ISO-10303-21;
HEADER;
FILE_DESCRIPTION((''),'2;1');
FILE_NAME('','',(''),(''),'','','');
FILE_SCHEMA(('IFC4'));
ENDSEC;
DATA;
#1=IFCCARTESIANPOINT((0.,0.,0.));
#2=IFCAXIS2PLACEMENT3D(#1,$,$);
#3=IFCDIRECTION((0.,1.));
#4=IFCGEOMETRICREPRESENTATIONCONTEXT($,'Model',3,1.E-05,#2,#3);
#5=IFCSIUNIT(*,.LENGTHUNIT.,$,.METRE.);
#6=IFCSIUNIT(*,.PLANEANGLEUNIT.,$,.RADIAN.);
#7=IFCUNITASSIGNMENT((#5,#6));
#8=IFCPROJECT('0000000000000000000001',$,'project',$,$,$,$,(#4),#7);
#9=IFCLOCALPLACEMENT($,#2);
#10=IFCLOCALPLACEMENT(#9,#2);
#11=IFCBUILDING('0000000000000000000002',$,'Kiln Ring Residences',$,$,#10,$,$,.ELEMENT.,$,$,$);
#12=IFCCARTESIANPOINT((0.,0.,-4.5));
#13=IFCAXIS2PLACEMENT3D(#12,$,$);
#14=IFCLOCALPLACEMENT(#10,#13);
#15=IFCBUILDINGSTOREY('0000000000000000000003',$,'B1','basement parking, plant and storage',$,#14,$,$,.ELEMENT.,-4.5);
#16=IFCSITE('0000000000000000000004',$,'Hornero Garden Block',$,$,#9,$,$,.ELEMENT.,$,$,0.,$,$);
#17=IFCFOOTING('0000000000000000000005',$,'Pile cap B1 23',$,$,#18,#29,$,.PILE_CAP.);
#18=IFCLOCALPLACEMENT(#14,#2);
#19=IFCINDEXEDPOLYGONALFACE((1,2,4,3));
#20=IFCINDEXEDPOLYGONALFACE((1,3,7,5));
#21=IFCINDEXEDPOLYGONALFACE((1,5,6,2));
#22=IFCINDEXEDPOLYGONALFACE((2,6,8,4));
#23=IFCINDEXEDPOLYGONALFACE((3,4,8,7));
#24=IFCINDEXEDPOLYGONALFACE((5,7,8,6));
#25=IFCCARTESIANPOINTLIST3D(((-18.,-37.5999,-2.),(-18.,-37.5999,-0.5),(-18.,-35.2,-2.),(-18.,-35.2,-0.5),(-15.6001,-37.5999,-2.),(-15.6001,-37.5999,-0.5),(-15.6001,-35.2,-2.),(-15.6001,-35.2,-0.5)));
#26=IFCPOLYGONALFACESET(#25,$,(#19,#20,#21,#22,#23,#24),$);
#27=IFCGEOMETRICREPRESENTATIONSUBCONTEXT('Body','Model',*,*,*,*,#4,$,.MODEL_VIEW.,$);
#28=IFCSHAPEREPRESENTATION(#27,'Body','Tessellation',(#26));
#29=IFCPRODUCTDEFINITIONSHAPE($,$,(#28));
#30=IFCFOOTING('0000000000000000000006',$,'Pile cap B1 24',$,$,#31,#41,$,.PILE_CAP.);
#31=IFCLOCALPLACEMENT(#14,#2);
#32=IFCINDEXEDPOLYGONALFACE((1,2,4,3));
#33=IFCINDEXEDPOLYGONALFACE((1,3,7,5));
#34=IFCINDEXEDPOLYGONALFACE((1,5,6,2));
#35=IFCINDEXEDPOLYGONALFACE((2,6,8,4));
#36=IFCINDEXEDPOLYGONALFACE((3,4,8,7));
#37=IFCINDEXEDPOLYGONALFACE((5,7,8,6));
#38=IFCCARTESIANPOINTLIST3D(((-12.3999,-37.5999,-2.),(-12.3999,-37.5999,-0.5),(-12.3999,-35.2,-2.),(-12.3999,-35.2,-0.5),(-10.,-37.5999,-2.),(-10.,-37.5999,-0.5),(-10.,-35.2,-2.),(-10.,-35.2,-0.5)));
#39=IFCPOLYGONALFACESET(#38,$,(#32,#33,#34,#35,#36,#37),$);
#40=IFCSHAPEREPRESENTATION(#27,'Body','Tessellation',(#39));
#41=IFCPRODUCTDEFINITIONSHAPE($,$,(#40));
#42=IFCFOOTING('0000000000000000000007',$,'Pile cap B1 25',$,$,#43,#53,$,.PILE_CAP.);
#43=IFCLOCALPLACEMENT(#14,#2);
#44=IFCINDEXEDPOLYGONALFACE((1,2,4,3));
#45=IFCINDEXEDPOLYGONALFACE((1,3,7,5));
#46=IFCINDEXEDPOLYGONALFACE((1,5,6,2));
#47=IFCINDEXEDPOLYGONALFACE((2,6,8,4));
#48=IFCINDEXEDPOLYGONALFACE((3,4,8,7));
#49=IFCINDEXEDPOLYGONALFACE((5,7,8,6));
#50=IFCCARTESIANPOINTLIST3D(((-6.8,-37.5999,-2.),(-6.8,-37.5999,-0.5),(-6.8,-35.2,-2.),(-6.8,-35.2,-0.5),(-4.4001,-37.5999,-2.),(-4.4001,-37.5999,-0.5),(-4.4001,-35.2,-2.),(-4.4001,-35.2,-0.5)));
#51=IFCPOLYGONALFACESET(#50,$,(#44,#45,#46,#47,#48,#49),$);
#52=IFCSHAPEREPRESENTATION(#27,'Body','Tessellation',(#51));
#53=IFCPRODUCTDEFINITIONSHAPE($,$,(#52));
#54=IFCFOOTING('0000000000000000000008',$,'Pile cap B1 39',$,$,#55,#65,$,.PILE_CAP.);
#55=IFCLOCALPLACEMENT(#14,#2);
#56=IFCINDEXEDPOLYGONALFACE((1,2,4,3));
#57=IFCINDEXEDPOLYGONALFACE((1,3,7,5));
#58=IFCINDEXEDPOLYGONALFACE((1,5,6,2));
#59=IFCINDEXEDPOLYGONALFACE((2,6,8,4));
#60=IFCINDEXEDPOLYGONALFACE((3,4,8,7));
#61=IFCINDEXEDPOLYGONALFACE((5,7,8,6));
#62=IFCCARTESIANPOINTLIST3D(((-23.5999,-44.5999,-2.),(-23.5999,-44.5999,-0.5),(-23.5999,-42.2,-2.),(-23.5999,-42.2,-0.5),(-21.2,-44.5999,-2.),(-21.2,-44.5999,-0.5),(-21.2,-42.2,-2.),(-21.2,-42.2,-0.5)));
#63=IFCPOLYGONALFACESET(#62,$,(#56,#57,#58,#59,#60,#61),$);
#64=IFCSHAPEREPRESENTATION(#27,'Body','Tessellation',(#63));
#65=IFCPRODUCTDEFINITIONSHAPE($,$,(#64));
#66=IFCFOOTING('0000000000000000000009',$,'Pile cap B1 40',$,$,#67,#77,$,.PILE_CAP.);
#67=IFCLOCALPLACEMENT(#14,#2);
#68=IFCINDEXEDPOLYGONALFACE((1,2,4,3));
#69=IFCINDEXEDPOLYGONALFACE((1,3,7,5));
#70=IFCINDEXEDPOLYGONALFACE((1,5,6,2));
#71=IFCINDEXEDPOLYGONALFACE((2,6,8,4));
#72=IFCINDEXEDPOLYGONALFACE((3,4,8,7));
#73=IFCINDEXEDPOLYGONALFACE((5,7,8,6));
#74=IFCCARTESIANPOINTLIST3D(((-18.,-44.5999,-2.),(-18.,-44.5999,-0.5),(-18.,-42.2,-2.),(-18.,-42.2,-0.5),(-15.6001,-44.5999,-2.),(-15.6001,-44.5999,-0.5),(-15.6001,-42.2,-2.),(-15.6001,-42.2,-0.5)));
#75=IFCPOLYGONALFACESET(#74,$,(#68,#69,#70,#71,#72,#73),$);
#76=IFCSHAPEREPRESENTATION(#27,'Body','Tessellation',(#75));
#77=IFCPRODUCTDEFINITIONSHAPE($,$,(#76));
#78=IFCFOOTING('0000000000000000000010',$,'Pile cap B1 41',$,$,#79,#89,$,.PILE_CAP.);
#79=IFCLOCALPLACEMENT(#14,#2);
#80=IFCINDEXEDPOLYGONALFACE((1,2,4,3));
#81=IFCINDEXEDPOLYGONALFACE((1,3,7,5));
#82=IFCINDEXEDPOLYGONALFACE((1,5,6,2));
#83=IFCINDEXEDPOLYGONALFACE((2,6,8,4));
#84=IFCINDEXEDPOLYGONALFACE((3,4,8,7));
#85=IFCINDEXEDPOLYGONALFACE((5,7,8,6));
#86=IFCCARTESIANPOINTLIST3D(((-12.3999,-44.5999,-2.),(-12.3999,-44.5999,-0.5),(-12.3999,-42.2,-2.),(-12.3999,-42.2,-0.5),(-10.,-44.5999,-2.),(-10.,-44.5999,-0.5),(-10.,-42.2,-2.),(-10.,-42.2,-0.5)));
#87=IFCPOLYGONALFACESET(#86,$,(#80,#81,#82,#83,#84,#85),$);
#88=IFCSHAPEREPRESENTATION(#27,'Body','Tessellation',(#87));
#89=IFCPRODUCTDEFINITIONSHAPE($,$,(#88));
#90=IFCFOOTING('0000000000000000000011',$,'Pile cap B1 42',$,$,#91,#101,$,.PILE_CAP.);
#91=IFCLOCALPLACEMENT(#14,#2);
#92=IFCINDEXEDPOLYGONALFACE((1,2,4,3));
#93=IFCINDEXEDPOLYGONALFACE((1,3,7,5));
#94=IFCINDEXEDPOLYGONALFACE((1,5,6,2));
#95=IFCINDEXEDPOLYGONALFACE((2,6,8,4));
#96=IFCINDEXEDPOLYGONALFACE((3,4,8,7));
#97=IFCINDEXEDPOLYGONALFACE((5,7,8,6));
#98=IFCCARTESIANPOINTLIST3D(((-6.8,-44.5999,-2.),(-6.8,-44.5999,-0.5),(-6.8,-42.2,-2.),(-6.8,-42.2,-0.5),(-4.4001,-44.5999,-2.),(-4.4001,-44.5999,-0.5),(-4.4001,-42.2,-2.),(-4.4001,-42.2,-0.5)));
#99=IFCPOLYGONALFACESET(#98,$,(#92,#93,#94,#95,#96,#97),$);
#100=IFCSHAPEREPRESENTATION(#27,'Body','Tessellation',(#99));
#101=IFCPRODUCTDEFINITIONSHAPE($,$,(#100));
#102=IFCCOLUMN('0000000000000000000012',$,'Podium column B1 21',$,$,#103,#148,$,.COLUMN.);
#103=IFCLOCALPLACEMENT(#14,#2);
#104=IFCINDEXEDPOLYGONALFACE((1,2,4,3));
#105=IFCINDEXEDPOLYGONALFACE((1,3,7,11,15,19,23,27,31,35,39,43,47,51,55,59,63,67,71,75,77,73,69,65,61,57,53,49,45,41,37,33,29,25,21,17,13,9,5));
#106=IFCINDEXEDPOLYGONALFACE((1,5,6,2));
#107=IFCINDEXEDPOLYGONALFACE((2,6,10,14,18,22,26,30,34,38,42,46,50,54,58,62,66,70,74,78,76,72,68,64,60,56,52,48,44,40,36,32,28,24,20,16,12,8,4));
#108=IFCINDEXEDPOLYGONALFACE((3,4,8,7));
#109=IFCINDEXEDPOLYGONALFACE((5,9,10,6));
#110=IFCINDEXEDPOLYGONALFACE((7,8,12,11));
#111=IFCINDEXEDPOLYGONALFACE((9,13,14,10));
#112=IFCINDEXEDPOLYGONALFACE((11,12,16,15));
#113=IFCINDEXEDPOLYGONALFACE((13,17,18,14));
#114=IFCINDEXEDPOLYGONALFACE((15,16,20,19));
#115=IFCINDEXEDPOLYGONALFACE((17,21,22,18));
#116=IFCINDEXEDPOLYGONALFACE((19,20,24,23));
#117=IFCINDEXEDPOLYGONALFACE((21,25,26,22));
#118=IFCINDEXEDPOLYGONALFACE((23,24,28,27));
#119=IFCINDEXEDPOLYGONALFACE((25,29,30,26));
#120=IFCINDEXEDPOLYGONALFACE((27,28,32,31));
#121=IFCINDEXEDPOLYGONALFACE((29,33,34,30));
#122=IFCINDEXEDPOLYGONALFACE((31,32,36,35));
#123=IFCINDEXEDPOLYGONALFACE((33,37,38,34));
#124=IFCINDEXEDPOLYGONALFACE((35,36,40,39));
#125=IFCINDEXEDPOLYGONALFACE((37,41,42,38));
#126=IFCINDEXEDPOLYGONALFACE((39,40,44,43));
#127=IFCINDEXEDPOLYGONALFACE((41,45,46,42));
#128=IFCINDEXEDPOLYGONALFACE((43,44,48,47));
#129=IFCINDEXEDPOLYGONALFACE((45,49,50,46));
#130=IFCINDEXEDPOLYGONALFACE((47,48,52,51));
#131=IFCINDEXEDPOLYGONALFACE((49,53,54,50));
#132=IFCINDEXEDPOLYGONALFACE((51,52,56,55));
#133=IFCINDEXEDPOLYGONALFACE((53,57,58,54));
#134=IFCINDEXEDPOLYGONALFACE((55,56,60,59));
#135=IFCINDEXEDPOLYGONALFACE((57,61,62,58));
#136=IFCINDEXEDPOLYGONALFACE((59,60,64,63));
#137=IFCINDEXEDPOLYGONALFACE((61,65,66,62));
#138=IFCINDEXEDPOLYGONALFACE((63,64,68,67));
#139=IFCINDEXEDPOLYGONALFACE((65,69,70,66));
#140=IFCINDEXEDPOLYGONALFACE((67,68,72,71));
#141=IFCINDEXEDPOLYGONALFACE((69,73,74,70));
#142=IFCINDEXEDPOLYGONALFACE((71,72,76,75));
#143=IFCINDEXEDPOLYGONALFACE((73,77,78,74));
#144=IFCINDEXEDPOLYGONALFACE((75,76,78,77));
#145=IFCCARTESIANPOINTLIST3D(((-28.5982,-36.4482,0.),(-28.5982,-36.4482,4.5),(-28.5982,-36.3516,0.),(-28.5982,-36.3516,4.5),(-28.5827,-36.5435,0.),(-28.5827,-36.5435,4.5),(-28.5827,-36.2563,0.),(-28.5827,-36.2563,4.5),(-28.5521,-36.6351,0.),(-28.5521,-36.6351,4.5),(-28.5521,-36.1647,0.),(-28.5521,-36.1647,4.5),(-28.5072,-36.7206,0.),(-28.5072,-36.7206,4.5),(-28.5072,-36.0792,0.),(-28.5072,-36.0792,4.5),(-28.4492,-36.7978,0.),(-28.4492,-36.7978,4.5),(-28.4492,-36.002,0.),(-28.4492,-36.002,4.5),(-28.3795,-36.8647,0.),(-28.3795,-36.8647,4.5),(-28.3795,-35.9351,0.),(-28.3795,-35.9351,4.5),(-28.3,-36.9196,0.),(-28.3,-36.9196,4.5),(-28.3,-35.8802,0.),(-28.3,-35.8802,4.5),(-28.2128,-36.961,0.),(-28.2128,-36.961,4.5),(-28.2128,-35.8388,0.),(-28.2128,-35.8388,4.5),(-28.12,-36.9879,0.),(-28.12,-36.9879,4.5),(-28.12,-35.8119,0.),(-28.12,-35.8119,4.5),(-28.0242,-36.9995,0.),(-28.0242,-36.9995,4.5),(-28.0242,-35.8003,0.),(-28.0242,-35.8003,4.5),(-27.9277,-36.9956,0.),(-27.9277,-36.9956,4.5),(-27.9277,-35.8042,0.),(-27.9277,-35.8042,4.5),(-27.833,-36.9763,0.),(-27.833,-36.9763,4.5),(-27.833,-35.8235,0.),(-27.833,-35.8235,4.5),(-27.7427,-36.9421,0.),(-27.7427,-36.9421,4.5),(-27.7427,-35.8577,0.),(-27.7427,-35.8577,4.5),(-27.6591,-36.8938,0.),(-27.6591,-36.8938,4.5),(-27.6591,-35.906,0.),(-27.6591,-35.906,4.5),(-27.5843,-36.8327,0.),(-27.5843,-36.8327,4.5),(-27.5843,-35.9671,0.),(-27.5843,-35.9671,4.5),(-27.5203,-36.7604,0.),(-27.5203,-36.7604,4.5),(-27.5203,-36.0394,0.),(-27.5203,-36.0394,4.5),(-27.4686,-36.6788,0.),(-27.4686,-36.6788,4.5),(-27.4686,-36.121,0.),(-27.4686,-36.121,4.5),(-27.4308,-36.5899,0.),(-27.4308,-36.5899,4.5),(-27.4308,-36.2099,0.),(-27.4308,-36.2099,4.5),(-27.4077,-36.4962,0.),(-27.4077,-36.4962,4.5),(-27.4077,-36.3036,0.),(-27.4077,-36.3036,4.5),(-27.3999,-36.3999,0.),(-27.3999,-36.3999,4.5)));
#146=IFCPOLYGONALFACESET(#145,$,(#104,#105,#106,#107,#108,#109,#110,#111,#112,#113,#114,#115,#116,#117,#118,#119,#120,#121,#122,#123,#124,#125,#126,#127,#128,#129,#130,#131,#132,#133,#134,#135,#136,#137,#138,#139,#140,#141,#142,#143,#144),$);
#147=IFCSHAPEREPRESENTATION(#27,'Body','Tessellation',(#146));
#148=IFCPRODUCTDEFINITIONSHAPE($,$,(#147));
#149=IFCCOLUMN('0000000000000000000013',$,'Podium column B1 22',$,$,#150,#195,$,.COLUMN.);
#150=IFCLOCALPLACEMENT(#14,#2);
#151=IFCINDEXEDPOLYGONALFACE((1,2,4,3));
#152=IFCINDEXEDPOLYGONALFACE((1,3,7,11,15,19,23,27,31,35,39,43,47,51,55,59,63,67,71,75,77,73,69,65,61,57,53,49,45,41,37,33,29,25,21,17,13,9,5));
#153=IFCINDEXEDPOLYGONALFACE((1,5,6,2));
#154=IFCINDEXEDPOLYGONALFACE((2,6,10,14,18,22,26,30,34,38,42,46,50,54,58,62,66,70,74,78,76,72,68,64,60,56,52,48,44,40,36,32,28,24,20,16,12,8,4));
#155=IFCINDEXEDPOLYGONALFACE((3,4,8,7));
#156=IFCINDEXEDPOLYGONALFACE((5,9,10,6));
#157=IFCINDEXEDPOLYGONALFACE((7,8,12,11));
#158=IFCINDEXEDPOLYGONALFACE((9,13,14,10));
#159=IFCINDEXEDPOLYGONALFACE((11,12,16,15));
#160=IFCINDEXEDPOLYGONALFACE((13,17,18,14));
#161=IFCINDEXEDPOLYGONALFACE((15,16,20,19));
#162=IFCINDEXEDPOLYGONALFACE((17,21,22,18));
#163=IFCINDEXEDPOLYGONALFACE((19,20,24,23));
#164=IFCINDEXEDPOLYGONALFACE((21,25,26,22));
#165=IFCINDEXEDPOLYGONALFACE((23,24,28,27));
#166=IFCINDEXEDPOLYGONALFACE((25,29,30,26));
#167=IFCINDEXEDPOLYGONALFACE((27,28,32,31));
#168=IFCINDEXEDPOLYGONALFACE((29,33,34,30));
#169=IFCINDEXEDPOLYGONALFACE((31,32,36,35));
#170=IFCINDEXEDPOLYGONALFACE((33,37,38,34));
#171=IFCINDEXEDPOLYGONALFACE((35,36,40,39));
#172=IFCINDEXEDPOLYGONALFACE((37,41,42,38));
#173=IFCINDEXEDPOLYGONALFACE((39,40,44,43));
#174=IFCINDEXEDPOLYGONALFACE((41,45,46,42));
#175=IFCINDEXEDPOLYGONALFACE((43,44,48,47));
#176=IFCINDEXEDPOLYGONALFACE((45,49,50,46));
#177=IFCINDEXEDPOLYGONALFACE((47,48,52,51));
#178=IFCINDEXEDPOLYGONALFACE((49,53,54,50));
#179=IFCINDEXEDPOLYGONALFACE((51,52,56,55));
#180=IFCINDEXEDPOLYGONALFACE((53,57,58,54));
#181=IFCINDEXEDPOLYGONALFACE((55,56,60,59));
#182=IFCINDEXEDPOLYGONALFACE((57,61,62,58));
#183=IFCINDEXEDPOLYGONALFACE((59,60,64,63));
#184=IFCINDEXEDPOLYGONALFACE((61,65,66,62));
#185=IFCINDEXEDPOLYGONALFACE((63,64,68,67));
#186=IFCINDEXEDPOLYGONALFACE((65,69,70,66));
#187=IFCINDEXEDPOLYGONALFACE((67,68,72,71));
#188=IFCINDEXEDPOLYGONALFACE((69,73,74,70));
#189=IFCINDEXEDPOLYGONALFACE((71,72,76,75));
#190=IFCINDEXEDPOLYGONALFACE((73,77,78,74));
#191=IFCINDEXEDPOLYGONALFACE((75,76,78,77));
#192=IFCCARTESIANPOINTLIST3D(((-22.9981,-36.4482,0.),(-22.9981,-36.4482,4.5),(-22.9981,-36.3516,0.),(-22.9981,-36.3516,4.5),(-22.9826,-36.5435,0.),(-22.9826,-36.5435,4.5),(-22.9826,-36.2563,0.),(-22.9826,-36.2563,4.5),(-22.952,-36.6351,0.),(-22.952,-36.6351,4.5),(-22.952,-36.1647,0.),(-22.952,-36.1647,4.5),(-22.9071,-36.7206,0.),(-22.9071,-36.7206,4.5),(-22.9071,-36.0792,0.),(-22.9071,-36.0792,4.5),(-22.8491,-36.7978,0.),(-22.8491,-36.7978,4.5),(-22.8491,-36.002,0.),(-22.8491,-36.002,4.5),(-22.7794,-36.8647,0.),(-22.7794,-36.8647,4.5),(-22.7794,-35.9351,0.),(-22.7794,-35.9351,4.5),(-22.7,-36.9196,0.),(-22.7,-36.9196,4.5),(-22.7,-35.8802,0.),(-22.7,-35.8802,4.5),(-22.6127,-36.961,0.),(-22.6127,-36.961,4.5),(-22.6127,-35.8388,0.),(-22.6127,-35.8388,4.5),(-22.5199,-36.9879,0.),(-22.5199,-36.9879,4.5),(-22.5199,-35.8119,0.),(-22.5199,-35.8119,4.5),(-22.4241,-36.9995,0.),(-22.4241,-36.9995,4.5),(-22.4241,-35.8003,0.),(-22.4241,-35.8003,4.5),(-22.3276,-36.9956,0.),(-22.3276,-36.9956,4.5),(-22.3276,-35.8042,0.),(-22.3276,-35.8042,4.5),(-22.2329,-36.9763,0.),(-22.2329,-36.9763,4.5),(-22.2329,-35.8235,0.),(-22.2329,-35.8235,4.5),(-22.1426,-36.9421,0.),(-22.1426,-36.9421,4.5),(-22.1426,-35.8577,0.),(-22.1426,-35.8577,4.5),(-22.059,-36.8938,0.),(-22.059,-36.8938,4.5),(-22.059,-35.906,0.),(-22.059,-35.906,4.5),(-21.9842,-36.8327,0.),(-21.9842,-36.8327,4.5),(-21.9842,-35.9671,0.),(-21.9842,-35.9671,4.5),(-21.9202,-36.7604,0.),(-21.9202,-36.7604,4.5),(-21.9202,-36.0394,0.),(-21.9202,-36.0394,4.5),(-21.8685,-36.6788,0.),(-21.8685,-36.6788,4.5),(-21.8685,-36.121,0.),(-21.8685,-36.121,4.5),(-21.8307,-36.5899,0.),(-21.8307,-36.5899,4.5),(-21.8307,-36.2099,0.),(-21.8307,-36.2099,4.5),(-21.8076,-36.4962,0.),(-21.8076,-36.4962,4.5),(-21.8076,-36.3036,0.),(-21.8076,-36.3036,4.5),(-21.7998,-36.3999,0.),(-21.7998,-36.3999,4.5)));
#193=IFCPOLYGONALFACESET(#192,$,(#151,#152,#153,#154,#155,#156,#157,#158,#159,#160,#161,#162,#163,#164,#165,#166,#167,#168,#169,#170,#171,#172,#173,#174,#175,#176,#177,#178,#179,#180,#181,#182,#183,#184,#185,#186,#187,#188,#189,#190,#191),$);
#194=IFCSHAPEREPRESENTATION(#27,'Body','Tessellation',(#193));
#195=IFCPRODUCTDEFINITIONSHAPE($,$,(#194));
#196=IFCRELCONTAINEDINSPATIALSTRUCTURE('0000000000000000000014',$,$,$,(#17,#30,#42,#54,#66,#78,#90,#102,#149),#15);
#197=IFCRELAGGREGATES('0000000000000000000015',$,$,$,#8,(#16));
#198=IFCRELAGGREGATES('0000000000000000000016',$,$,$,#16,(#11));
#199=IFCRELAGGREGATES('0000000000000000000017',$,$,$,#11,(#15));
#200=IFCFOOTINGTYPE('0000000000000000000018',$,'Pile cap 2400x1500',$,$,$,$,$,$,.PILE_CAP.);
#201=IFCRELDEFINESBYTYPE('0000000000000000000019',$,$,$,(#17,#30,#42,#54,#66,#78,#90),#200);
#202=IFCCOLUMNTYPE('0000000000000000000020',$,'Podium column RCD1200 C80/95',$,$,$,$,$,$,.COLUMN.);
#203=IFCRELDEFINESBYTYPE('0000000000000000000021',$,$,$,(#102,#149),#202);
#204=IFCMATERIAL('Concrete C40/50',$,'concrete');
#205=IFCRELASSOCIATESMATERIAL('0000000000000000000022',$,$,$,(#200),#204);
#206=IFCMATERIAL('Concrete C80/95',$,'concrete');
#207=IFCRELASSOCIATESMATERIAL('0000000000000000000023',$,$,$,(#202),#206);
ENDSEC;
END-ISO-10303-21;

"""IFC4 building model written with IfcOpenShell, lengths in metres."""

from ifc_helpers import new_model, si_unit, direction, frame, origin, origin_2d, place, context, subcontext, project, spatial, rectangle, circle, extrude, material, material_profile, profile_set, type_object, element, save


model = new_model("IFC4")

# Units and contexts
model_context = context("Model", 3, precision=1e-05, world=origin(), true_north=direction((0.0, 1.0)))
body_context = subcontext(model_context, "Body", "Model", "MODEL_VIEW")
ifc_project = project(units=[si_unit("LENGTHUNIT", "METRE"), si_unit("PLANEANGLEUNIT", "RADIAN")], contexts=[model_context])

# Site, building, storey
site_placement = place(None, origin())
site = spatial("IfcSite", under=ifc_project, at=site_placement, Name="Hornero Garden Block", CompositionType="ELEMENT", RefElevation=0.0)
building_placement = place(site_placement, origin())
building = spatial("IfcBuilding", under=site, at=building_placement, Name="Kiln Ring Residences", CompositionType="ELEMENT")
storey_placement = place(building_placement, frame((0.0, 0.0, -4.5)))
storey = spatial("IfcBuildingStorey", under=building, at=storey_placement, Name="B1", Description="basement parking, plant and storage", CompositionType="ELEMENT", Elevation=-4.5)

# Footings
ifc_material_1 = material(Name="Concrete C40/50", Category="concrete")
footing_type = type_object("IfcFootingType", Name="Pile cap 2400x1500", PredefinedType="PILE_CAP", material=ifc_material_1)
for number, where, z_axis, x_axis, name in (
    (1, (-16.8, -36.3999, -2.0), (0.0, 0.0, 1.0), (1.0, 0.0, 0.0), "Pile cap B1 23"),
    (2, (-11.2, -36.3999, -2.0), (0.0, 0.0, 1.0), (1.0, 0.0, 0.0), "Pile cap B1 24"),
    (3, (-5.6001, -36.3999, -2.0), (0.0, 0.0, 1.0), (1.0, 0.0, 0.0), "Pile cap B1 25"),
    (4, (-22.3999, -43.3999, -2.0), (0.0, 0.0, 1.0), (1.0, 0.0, 0.0), "Pile cap B1 39"),
    (5, (-16.8, -43.3999, -2.0), (0.0, 0.0, 1.0), (1.0, 0.0, 0.0), "Pile cap B1 40"),
    (6, (-11.2, -43.3999, -2.0), (0.0, 0.0, 1.0), (1.0, 0.0, 0.0), "Pile cap B1 41"),
    (7, (-5.6001, -43.3999, -2.0), (0.0, 0.0, 1.0), (1.0, 0.0, 0.0), "Pile cap B1 42"),
):
    element("IfcFooting", number, at=place(storey_placement, frame(where, z_axis=z_axis, x_axis=x_axis)), inside=storey, type_object=footing_type, Name=name, PredefinedType="PILE_CAP", context=body_context, shape_type="SweptSolid", body=[
        extrude(rectangle(XDim=2.3999, YDim=2.3999, at=origin_2d()), origin(), (0.0, 0.0, 1.0), 1.5),
    ])

# Columns
ifc_material_2 = material(Name="Concrete C80/95", Category="concrete")
ifc_material_profile_1 = material_profile(ifc_material_2, circle(Radius=0.6001, at=origin_2d()), Name="RCD1200")
ifc_profile_set_1 = profile_set([ifc_material_profile_1], Name="Concrete C80/95")
column_type = type_object("IfcColumnType", Name="Podium column RCD1200 C80/95", PredefinedType="COLUMN", material=ifc_profile_set_1)
for number, where, z_axis, x_axis, name in (
    (8, (-28.0, -36.3999, 0.0), (0.0, 0.0, 1.0), (1.0, 0.0, 0.0), "Podium column B1 21"),
    (9, (-22.3999, -36.3999, 0.0), (0.0, 0.0, 1.0), (1.0, 0.0, 0.0), "Podium column B1 22"),
):
    element("IfcColumn", number, at=place(storey_placement, frame(where, z_axis=z_axis, x_axis=x_axis)), inside=storey, type_object=column_type, Name=name, PredefinedType="COLUMN", context=body_context, shape_type="SweptSolid", body=[
        extrude(circle(Radius=0.6001, at=origin_2d()), origin(), (0.0, 0.0, 1.0), 4.5),
    ])

save(model, "model.ifc")
